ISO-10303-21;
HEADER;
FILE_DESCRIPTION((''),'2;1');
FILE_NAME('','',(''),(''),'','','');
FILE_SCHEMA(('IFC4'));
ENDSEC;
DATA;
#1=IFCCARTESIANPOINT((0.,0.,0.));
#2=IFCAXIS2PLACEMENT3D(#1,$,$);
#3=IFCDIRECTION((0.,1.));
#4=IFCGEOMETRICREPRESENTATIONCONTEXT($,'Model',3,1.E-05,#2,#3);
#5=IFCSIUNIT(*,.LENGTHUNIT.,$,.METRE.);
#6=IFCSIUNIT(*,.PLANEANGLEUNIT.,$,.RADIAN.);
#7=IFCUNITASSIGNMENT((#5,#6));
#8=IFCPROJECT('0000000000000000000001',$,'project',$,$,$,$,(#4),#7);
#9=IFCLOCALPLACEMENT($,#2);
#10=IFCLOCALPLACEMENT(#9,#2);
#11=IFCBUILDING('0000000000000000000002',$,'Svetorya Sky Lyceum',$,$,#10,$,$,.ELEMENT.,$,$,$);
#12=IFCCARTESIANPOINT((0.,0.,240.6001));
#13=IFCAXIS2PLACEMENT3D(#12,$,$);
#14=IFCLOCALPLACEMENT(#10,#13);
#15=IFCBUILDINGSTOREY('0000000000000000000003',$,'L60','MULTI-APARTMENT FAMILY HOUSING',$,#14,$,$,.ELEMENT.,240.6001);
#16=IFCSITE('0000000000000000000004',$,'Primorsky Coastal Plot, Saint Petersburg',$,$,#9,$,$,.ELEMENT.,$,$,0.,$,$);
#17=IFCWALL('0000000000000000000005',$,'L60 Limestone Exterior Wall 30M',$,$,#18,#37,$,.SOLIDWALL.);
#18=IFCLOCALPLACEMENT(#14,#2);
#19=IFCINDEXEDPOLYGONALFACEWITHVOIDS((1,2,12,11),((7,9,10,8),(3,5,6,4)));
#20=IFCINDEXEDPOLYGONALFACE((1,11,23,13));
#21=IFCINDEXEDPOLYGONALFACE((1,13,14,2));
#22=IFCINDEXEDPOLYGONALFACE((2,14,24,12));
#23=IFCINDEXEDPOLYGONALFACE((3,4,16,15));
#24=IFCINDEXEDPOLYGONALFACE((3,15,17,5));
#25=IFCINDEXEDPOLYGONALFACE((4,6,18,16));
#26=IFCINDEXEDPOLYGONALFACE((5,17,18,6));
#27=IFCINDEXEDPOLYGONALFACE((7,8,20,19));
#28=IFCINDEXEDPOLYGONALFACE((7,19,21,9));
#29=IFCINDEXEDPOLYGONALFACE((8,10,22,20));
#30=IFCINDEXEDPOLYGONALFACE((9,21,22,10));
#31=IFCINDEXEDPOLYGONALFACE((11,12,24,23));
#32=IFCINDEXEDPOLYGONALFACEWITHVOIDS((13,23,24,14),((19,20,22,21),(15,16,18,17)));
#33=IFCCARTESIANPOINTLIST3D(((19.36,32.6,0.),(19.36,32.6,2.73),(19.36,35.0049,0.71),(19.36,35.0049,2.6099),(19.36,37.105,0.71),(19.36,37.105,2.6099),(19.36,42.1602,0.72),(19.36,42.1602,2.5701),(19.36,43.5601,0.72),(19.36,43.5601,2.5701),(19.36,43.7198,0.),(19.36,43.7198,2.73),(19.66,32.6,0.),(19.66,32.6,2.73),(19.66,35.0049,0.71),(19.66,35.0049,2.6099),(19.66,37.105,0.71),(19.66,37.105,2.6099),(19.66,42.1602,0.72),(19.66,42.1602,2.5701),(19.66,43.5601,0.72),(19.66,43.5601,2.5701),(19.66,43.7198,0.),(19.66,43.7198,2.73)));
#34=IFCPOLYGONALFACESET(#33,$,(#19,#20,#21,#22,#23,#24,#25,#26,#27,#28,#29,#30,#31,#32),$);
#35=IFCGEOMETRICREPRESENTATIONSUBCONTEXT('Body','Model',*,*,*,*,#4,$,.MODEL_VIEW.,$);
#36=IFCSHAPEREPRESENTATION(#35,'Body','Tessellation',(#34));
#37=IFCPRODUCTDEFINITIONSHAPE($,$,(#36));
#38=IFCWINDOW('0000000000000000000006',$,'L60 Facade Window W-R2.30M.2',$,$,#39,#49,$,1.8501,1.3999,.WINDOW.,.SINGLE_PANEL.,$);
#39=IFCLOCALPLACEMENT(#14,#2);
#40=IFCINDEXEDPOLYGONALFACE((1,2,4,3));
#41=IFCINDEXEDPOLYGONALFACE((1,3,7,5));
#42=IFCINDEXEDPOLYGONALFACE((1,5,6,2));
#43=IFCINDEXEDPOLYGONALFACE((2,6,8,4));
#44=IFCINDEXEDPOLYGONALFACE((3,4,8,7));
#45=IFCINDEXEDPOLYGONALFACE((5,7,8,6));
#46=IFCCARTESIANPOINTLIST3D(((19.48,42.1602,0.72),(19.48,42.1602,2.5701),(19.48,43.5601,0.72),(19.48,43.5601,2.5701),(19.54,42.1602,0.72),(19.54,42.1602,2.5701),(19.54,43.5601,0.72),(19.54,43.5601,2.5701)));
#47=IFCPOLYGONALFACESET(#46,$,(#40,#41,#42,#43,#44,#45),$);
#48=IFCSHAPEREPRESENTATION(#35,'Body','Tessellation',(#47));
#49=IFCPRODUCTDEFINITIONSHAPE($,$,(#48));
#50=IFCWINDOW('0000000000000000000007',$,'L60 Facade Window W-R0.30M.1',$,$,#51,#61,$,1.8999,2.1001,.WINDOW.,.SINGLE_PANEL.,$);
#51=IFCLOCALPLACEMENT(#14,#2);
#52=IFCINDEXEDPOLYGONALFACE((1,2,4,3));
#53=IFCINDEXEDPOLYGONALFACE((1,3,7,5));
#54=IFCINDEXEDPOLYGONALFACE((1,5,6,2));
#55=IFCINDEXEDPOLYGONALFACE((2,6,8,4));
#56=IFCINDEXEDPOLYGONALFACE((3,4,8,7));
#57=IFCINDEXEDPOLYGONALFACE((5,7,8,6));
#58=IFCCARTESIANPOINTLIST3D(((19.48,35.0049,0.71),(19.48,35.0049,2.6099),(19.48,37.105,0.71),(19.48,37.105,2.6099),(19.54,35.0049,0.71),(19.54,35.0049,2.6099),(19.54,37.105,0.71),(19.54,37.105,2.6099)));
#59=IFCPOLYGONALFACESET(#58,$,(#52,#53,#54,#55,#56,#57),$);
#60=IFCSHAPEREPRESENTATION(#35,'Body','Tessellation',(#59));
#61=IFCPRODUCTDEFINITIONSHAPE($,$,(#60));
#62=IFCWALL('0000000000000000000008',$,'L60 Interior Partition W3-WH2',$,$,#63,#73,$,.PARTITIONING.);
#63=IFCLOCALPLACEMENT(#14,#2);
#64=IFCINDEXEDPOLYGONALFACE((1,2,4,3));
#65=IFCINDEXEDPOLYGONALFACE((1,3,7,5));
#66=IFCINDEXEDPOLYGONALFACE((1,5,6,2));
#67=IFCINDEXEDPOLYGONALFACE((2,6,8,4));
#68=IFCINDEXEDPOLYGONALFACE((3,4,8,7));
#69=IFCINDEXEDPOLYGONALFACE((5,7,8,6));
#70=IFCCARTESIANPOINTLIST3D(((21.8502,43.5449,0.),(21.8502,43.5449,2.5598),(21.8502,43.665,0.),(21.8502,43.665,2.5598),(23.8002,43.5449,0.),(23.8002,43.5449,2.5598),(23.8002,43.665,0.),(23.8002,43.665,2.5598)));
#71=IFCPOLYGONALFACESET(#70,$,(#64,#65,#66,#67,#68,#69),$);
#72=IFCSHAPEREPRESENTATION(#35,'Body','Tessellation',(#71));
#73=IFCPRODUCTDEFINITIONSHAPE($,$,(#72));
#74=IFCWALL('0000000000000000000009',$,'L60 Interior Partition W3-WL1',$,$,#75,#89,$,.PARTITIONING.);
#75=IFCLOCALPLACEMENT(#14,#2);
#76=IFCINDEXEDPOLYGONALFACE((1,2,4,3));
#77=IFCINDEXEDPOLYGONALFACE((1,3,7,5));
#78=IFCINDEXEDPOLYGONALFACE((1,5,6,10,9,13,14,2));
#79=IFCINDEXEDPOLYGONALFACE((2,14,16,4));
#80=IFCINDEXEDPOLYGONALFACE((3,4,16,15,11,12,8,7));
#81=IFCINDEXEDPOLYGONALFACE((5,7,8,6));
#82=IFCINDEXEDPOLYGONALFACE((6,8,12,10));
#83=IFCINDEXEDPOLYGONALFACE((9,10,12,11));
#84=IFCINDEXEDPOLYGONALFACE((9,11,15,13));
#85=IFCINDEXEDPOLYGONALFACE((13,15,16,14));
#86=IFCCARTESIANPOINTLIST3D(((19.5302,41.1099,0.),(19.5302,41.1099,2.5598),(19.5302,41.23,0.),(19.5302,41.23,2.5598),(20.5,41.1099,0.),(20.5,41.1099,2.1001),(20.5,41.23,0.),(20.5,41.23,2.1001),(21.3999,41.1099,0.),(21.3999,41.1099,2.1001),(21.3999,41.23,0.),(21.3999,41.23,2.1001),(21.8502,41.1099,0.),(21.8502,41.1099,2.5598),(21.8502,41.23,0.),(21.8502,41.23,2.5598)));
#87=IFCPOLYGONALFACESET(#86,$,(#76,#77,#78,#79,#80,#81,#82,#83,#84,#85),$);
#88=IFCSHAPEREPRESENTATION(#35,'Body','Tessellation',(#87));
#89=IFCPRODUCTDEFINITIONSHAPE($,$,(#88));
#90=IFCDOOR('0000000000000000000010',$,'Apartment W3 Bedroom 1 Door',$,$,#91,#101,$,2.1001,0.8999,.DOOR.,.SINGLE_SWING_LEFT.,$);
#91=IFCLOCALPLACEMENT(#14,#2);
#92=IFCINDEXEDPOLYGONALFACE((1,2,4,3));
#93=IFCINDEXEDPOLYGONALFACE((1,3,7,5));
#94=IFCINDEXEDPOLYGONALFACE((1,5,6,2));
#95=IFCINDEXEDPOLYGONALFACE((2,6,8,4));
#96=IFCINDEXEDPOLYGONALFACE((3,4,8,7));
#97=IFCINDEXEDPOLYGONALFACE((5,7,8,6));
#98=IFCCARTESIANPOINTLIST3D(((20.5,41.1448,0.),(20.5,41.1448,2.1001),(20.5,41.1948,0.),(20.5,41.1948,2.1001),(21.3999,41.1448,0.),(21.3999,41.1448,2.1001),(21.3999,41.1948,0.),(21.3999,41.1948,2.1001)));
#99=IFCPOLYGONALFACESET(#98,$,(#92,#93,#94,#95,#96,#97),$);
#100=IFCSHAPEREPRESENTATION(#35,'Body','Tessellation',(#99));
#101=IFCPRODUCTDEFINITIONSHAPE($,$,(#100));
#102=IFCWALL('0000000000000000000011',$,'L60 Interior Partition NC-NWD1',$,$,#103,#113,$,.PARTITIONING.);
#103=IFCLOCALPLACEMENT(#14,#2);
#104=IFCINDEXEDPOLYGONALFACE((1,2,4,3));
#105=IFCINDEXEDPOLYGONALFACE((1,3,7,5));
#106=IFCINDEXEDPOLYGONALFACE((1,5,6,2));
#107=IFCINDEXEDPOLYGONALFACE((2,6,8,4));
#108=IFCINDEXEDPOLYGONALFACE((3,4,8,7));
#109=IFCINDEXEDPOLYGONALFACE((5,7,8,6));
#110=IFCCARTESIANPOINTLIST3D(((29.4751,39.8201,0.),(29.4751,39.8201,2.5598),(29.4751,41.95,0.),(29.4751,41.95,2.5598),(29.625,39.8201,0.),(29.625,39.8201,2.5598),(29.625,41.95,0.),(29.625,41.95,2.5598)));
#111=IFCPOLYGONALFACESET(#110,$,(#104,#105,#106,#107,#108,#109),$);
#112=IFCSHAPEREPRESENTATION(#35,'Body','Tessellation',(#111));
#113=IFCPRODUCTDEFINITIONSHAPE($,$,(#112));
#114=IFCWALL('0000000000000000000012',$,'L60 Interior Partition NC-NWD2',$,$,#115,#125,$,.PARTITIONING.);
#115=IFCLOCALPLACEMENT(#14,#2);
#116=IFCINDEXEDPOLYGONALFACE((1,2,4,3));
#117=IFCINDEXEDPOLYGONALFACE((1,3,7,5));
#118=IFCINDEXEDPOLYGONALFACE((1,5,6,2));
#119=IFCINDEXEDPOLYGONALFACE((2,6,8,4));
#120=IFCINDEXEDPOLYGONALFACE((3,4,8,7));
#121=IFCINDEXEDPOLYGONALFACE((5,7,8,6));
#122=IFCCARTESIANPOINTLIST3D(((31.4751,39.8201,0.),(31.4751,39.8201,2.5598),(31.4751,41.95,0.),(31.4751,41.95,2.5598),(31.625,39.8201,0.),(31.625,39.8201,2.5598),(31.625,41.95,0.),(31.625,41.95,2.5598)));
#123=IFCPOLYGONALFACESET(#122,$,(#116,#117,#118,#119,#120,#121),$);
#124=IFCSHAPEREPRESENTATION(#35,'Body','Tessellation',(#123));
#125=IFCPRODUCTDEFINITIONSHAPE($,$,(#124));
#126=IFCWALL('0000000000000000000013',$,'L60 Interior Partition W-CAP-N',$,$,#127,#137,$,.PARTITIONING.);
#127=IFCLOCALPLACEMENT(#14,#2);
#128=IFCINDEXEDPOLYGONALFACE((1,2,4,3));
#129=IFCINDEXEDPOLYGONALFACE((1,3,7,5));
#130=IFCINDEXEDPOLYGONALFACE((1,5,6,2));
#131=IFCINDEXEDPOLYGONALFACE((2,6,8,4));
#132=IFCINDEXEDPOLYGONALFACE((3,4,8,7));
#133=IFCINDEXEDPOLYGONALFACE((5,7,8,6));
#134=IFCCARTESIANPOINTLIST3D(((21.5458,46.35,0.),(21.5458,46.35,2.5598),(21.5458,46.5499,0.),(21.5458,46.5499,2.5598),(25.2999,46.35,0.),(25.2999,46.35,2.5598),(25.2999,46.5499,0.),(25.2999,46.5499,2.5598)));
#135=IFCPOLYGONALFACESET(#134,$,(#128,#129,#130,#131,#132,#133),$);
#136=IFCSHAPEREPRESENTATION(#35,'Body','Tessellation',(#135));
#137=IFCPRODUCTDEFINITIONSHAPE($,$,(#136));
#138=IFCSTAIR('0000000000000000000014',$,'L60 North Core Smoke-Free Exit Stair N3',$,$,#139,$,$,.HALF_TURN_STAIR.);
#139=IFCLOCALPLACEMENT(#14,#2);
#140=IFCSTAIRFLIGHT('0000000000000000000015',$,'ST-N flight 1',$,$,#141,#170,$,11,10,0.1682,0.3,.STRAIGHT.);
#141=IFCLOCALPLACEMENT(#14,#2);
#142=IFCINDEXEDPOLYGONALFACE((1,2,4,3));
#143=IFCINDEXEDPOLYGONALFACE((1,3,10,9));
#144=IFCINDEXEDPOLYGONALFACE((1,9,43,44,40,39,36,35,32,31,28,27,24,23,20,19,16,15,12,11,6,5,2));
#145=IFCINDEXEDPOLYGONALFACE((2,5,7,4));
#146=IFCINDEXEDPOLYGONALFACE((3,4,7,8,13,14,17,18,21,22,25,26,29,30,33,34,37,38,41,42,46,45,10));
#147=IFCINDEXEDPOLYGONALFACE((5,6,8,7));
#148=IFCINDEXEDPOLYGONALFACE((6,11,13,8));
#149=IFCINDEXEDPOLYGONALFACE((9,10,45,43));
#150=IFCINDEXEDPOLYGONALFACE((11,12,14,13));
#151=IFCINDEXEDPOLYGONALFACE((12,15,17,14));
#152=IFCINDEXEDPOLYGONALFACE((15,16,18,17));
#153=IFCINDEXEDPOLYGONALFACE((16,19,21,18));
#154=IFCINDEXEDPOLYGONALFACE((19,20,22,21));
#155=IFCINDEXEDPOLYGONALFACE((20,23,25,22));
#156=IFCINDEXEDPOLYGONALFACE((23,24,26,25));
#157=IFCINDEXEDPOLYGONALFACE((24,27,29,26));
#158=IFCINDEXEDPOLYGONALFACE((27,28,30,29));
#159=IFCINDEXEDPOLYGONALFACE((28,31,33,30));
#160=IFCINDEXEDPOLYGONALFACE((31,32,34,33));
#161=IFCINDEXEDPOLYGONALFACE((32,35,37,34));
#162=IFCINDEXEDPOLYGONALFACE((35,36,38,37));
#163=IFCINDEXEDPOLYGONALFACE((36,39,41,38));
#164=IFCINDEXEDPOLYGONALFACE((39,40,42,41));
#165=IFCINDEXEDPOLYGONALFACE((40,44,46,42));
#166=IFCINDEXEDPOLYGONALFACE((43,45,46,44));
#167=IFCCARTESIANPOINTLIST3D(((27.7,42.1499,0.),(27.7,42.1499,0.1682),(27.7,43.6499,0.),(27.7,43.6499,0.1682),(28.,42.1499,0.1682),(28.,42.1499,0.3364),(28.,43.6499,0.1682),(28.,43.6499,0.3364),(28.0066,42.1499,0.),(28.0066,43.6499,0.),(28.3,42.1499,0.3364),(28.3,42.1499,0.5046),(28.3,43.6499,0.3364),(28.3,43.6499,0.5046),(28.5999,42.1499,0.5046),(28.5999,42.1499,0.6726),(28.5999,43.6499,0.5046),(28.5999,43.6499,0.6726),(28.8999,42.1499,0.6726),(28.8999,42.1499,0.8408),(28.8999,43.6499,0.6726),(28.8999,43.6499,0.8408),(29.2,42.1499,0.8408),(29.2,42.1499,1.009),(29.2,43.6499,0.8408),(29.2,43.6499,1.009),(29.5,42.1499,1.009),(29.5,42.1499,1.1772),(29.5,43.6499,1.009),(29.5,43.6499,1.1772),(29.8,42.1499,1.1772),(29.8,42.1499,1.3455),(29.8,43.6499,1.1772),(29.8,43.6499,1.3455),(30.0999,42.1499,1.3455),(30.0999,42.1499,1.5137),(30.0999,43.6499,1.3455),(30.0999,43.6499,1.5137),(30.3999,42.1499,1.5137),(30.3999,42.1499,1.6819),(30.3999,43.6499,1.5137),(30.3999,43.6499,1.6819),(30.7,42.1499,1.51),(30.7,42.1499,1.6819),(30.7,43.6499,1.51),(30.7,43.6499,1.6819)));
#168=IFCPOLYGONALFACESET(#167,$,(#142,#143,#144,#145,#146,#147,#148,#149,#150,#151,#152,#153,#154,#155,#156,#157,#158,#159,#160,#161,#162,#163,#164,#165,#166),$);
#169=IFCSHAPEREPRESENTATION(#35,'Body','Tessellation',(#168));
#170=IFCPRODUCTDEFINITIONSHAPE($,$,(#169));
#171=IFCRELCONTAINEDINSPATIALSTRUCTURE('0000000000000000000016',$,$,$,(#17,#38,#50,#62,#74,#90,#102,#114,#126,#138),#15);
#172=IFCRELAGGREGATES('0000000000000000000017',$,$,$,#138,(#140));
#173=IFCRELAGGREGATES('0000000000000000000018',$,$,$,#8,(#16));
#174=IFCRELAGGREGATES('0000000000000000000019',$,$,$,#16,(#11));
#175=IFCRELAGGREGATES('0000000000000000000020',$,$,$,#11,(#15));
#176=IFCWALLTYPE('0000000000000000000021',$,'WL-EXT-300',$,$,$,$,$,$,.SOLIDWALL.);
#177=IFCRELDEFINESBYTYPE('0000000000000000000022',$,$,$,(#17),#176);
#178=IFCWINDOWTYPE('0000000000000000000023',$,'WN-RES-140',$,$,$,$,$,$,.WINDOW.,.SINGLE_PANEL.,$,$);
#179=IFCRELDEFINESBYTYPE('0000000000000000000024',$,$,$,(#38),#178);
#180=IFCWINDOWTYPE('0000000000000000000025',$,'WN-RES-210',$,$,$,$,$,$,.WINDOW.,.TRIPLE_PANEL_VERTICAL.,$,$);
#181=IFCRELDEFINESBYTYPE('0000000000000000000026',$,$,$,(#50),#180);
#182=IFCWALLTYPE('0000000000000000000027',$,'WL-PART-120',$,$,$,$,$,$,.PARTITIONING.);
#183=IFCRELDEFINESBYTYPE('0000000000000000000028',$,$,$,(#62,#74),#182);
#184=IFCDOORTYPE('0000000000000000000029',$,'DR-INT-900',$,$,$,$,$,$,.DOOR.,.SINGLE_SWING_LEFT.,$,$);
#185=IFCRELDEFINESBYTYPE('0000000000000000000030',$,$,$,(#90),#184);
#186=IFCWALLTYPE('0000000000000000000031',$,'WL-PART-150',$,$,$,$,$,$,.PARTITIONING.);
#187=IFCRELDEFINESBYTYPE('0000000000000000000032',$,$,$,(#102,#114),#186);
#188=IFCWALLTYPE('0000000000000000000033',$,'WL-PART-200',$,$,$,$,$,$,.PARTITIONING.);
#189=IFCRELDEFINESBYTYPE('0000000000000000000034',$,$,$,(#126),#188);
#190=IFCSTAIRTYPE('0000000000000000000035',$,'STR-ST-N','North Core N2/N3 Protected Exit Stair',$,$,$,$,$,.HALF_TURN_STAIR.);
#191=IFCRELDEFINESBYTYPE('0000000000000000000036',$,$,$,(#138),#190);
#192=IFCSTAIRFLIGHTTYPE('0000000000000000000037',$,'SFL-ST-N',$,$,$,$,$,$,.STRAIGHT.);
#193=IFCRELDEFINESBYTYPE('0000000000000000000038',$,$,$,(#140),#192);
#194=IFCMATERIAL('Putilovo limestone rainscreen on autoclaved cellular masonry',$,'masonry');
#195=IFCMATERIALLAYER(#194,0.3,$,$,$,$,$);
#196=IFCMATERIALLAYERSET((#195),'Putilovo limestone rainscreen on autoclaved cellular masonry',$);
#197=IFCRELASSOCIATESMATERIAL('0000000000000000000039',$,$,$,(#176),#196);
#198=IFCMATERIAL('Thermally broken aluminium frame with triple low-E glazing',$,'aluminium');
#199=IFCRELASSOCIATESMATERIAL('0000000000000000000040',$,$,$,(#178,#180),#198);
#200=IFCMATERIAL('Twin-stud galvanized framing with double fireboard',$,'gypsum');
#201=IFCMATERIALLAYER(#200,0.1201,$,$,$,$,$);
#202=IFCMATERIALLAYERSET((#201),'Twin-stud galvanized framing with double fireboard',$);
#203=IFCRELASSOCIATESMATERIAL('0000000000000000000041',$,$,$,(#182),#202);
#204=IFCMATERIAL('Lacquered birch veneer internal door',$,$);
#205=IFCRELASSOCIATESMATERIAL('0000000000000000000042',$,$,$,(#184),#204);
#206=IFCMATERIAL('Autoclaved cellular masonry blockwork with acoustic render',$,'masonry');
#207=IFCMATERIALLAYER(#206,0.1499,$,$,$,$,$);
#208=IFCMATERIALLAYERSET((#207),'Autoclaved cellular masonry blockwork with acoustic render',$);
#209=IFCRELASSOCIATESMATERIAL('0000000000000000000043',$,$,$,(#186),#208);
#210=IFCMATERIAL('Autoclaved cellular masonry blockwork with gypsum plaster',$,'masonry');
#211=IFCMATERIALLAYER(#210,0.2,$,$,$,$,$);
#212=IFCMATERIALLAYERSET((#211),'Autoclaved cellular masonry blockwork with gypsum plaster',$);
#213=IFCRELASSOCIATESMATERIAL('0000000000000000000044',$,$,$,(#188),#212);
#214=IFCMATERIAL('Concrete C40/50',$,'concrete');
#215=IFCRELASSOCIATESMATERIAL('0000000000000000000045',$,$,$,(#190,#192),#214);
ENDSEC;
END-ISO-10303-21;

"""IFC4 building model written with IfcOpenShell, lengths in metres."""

from ifc_helpers import new_model, si_unit, direction, frame, frame_2d, origin, place, context, subcontext, project, spatial, polyline, rectangle, outline, extrude, material, layer, layer_set, type_object, element, fill, aggregate, save


model = new_model("IFC4")

# Units and contexts
model_context = context("Model", 3, precision=1e-05, world=origin(), true_north=direction((0.0, 1.0)))
body_context = subcontext(model_context, "Body", "Model", "MODEL_VIEW")
ifc_project = project(units=[si_unit("LENGTHUNIT", "METRE"), si_unit("PLANEANGLEUNIT", "RADIAN")], contexts=[model_context])

# Site, building, storey
site_placement = place(None, origin())
site = spatial("IfcSite", under=ifc_project, at=site_placement, Name="Primorsky Coastal Plot, Saint Petersburg", CompositionType="ELEMENT", RefElevation=0.0)
building_placement = place(site_placement, origin())
building = spatial("IfcBuilding", under=site, at=building_placement, Name="Svetorya Sky Lyceum", CompositionType="ELEMENT")
storey_placement = place(building_placement, frame((0.0, 0.0, 240.6001)))
storey = spatial("IfcBuildingStorey", under=building, at=storey_placement, Name="L60", Description="MULTI-APARTMENT FAMILY HOUSING", CompositionType="ELEMENT", Elevation=240.6001)

# Shared definitions
ifc_material_1 = material(Name="Putilovo limestone rainscreen on autoclaved cellular masonry", Category="masonry")
ifc_layer_1 = layer(ifc_material_1, 0.3)
ifc_layer_set_1 = layer_set([ifc_layer_1], Name="Putilovo limestone rainscreen on autoclaved cellular masonry")
wall_type_1 = type_object("IfcWallType", Name="WL-EXT-300", PredefinedType="SOLIDWALL", material=ifc_layer_set_1)

# Wall, openings, windows
wall_1_placement = place(storey_placement, frame((19.51, 43.72, 0.0), z_axis=(0.0, 0.0, 1.0), x_axis=(0.0, -1.0, 0.0)))
wall_1 = element("IfcWall", 1, at=wall_1_placement, inside=storey, type_object=wall_type_1, Name="L60 Limestone Exterior Wall 30M", PredefinedType="SOLIDWALL", context=body_context, shape_type="SweptSolid", body=[
    extrude(rectangle(XDim=11.1199, YDim=0.3, at=frame_2d((5.5601, 0.0))), origin(), (0.0, 0.0, 1.0), 2.73),
])
opening_1_placement = place(wall_1_placement, frame((0.1599, 0.0, 0.72)))
opening_1 = element("IfcOpeningElement", 2, at=opening_1_placement, cuts=wall_1, PredefinedType="OPENING", context=body_context, shape_type="SweptSolid", body=[
    extrude(rectangle(XDim=1.3999, YDim=1.8501, at=frame_2d((0.7, 0.925))), frame((0.0, 0.1599, 0.0), z_axis=(0.0, -1.0, 0.0), x_axis=(1.0, 0.0, 0.0)), (0.0, 0.0, 1.0), 0.3201),
])
opening_2_placement = place(wall_1_placement, frame((6.615, 0.0, 0.71)))
opening_2 = element("IfcOpeningElement", 3, at=opening_2_placement, cuts=wall_1, PredefinedType="OPENING", context=body_context, shape_type="SweptSolid", body=[
    extrude(rectangle(XDim=2.1001, YDim=1.8999, at=frame_2d((1.05, 0.95))), frame((0.0, 0.1599, 0.0), z_axis=(0.0, -1.0, 0.0), x_axis=(1.0, 0.0, 0.0)), (0.0, 0.0, 1.0), 0.3201),
])
ifc_material_2 = material(Name="Thermally broken aluminium frame with triple low-E glazing", Category="aluminium")
window_type_1 = type_object("IfcWindowType", Name="WN-RES-140", PartitioningType="SINGLE_PANEL", PredefinedType="WINDOW", material=ifc_material_2)
window_1_placement = place(opening_1_placement, origin())
window_1 = element("IfcWindow", 4, at=window_1_placement, inside=storey, type_object=window_type_1, Name="L60 Facade Window W-R2.30M.2", OverallHeight=1.8501, OverallWidth=1.3999, PartitioningType="SINGLE_PANEL", PredefinedType="WINDOW", context=body_context, shape_type="SweptSolid", body=[
    extrude(rectangle(XDim=1.3999, YDim=1.8501, at=frame_2d((0.7, 0.925))), frame((0.0, 0.03, 0.0), z_axis=(0.0, -1.0, 0.0), x_axis=(1.0, 0.0, 0.0)), (0.0, 0.0, 1.0), 0.0601),
])
fill(opening_1, window_1)
window_type_2 = type_object("IfcWindowType", Name="WN-RES-210", PartitioningType="TRIPLE_PANEL_VERTICAL", PredefinedType="WINDOW", material=ifc_material_2)
window_2_placement = place(opening_2_placement, origin())
window_2 = element("IfcWindow", 5, at=window_2_placement, inside=storey, type_object=window_type_2, Name="L60 Facade Window W-R0.30M.1", OverallHeight=1.8999, OverallWidth=2.1001, PartitioningType="SINGLE_PANEL", PredefinedType="WINDOW", context=body_context, shape_type="SweptSolid", body=[
    extrude(rectangle(XDim=2.1001, YDim=1.8999, at=frame_2d((1.05, 0.95))), frame((0.0, 0.03, 0.0), z_axis=(0.0, -1.0, 0.0), x_axis=(1.0, 0.0, 0.0)), (0.0, 0.0, 1.0), 0.0601),
])
fill(opening_2, window_2)

# Wall
ifc_material_3 = material(Name="Twin-stud galvanized framing with double fireboard", Category="gypsum")
ifc_layer_2 = layer(ifc_material_3, 0.1201)
ifc_layer_set_2 = layer_set([ifc_layer_2], Name="Twin-stud galvanized framing with double fireboard")
wall_type_2 = type_object("IfcWallType", Name="WL-PART-120", PredefinedType="PARTITIONING", material=ifc_layer_set_2)
wall_2_placement = place(storey_placement, frame((21.8501, 43.605, 0.0), z_axis=(0.0, 0.0, 1.0), x_axis=(1.0, 0.0, 0.0)))
element("IfcWall", 6, at=wall_2_placement, inside=storey, type_object=wall_type_2, Name="L60 Interior Partition W3-WH2", PredefinedType="PARTITIONING", context=body_context, shape_type="SweptSolid", body=[
    extrude(rectangle(XDim=1.95, YDim=0.1201, at=frame_2d((0.9751, 0.0))), origin(), (0.0, 0.0, 1.0), 2.5598),
])

# Wall, opening, door
wall_3_placement = place(storey_placement, frame((19.53, 41.1699, 0.0), z_axis=(0.0, 0.0, 1.0), x_axis=(1.0, 0.0, 0.0)))
wall_3 = element("IfcWall", 7, at=wall_3_placement, inside=storey, type_object=wall_type_2, Name="L60 Interior Partition W3-WL1", PredefinedType="PARTITIONING", context=body_context, shape_type="SweptSolid", body=[
    extrude(rectangle(XDim=2.3201, YDim=0.1201, at=frame_2d((1.1602, 0.0))), origin(), (0.0, 0.0, 1.0), 2.5598),
])
opening_3_placement = place(wall_3_placement, frame((0.97, 0.0, 0.0)))
opening_3 = element("IfcOpeningElement", 8, at=opening_3_placement, cuts=wall_3, PredefinedType="OPENING", context=body_context, shape_type="SweptSolid", body=[
    extrude(rectangle(XDim=0.8999, YDim=2.1001, at=frame_2d((0.45, 1.05))), frame((0.0, 0.0701, 0.0), z_axis=(0.0, -1.0, 0.0), x_axis=(1.0, 0.0, 0.0)), (0.0, 0.0, 1.0), 0.1401),
])
ifc_material_4 = material(Name="Lacquered birch veneer internal door")
door_type = type_object("IfcDoorType", Name="DR-INT-900", OperationType="SINGLE_SWING_LEFT", PredefinedType="DOOR", material=ifc_material_4)
door_placement = place(opening_3_placement, origin())
door = element("IfcDoor", 9, at=door_placement, inside=storey, type_object=door_type, Name="Apartment W3 Bedroom 1 Door", OperationType="SINGLE_SWING_LEFT", OverallHeight=2.1001, OverallWidth=0.8999, PredefinedType="DOOR", context=body_context, shape_type="SweptSolid", body=[
    extrude(rectangle(XDim=0.8999, YDim=2.1001, at=frame_2d((0.45, 1.05))), frame((0.0, 0.0249, 0.0), z_axis=(0.0, -1.0, 0.0), x_axis=(1.0, 0.0, 0.0)), (0.0, 0.0, 1.0), 0.05),
])
fill(opening_3, door)

# Walls
ifc_material_5 = material(Name="Autoclaved cellular masonry blockwork with acoustic render", Category="masonry")
ifc_layer_3 = layer(ifc_material_5, 0.1499)
ifc_layer_set_3 = layer_set([ifc_layer_3], Name="Autoclaved cellular masonry blockwork with acoustic render")
wall_type_3 = type_object("IfcWallType", Name="WL-PART-150", PredefinedType="PARTITIONING", material=ifc_layer_set_3)
for number, where, z_axis, x_axis, name in (
    (10, (29.55, 39.8201, 0.0), (0.0, 0.0, 1.0), (0.0, 1.0, 0.0), "L60 Interior Partition NC-NWD1"),
    (11, (31.55, 39.8201, 0.0), (0.0, 0.0, 1.0), (0.0, 1.0, 0.0), "L60 Interior Partition NC-NWD2"),
):
    element("IfcWall", number, at=place(storey_placement, frame(where, z_axis=z_axis, x_axis=x_axis)), inside=storey, type_object=wall_type_3, Name=name, PredefinedType="PARTITIONING", context=body_context, shape_type="SweptSolid", body=[
        extrude(rectangle(XDim=2.1299, YDim=0.1499, at=frame_2d((1.0649, 0.0))), origin(), (0.0, 0.0, 1.0), 2.5598),
    ])
ifc_material_6 = material(Name="Autoclaved cellular masonry blockwork with gypsum plaster", Category="masonry")
ifc_layer_4 = layer(ifc_material_6, 0.2)
ifc_layer_set_4 = layer_set([ifc_layer_4], Name="Autoclaved cellular masonry blockwork with gypsum plaster")
wall_type_4 = type_object("IfcWallType", Name="WL-PART-200", PredefinedType="PARTITIONING", material=ifc_layer_set_4)
wall_4_placement = place(storey_placement, frame((21.5459, 46.45, 0.0), z_axis=(0.0, 0.0, 1.0), x_axis=(1.0, 0.0, 0.0)))
element("IfcWall", 12, at=wall_4_placement, inside=storey, type_object=wall_type_4, Name="L60 Interior Partition W-CAP-N", PredefinedType="PARTITIONING", context=body_context, shape_type="SweptSolid", body=[
    extrude(rectangle(XDim=3.7542, YDim=0.2, at=frame_2d((1.877, 0.0))), origin(), (0.0, 0.0, 1.0), 2.5598),
])

# Stair, stair flight
ifc_material_7 = material(Name="Concrete C40/50", Category="concrete")
stair_type = type_object("IfcStairType", Name="STR-ST-N", Description="North Core N2/N3 Protected Exit Stair", PredefinedType="HALF_TURN_STAIR", material=ifc_material_7)
stair_placement = place(storey_placement, origin())
stair = element("IfcStair", 13, at=stair_placement, inside=storey, type_object=stair_type, Name="L60 North Core Smoke-Free Exit Stair N3", PredefinedType="HALF_TURN_STAIR")
stair_flight_type = type_object("IfcStairFlightType", Name="SFL-ST-N", PredefinedType="STRAIGHT", material=ifc_material_7)
stair_flight_1_placement = place(storey_placement, frame((27.7, 42.8999, 0.0), z_axis=(0.0, 0.0, 1.0), x_axis=(1.0, 0.0, 0.0)))
stair_flight_1 = element("IfcStairFlight", 14, at=stair_flight_1_placement, type_object=stair_flight_type, Name="ST-N flight 1", NumberOfRisers=11, NumberOfTreads=10, PredefinedType="STRAIGHT", RiserHeight=0.1682, TreadLength=0.3, context=body_context, shape_type="SweptSolid", body=[
    extrude(outline(polyline([(0.0, 0.0), (0.0, 0.1682), (0.3, 0.1682), (0.3, 0.3364), (0.6001, 0.3364), (0.6001, 0.5046), (0.8999, 0.5046), (0.8999, 0.6726), (1.2, 0.6726), (1.2, 0.8408), (1.5, 0.8408), (1.5, 1.009), (1.8, 1.009), (1.8, 1.1772), (2.1001, 1.1772), (2.1001, 1.3455), (2.3999, 1.3455), (2.3999, 1.5137), (2.7, 1.5137), (2.7, 1.6819), (3.0, 1.6819), (3.0, 1.8501), (3.0, 1.51), (0.3066, 0.0), (0.0, 0.0)])), frame((0.0, 0.75, 0.0), z_axis=(0.0, -1.0, 0.0), x_axis=(1.0, 0.0, 0.0)), (0.0, 0.0, 1.0), 1.5),
])
aggregate(stair, [stair_flight_1])

save(model, "model.ifc")
